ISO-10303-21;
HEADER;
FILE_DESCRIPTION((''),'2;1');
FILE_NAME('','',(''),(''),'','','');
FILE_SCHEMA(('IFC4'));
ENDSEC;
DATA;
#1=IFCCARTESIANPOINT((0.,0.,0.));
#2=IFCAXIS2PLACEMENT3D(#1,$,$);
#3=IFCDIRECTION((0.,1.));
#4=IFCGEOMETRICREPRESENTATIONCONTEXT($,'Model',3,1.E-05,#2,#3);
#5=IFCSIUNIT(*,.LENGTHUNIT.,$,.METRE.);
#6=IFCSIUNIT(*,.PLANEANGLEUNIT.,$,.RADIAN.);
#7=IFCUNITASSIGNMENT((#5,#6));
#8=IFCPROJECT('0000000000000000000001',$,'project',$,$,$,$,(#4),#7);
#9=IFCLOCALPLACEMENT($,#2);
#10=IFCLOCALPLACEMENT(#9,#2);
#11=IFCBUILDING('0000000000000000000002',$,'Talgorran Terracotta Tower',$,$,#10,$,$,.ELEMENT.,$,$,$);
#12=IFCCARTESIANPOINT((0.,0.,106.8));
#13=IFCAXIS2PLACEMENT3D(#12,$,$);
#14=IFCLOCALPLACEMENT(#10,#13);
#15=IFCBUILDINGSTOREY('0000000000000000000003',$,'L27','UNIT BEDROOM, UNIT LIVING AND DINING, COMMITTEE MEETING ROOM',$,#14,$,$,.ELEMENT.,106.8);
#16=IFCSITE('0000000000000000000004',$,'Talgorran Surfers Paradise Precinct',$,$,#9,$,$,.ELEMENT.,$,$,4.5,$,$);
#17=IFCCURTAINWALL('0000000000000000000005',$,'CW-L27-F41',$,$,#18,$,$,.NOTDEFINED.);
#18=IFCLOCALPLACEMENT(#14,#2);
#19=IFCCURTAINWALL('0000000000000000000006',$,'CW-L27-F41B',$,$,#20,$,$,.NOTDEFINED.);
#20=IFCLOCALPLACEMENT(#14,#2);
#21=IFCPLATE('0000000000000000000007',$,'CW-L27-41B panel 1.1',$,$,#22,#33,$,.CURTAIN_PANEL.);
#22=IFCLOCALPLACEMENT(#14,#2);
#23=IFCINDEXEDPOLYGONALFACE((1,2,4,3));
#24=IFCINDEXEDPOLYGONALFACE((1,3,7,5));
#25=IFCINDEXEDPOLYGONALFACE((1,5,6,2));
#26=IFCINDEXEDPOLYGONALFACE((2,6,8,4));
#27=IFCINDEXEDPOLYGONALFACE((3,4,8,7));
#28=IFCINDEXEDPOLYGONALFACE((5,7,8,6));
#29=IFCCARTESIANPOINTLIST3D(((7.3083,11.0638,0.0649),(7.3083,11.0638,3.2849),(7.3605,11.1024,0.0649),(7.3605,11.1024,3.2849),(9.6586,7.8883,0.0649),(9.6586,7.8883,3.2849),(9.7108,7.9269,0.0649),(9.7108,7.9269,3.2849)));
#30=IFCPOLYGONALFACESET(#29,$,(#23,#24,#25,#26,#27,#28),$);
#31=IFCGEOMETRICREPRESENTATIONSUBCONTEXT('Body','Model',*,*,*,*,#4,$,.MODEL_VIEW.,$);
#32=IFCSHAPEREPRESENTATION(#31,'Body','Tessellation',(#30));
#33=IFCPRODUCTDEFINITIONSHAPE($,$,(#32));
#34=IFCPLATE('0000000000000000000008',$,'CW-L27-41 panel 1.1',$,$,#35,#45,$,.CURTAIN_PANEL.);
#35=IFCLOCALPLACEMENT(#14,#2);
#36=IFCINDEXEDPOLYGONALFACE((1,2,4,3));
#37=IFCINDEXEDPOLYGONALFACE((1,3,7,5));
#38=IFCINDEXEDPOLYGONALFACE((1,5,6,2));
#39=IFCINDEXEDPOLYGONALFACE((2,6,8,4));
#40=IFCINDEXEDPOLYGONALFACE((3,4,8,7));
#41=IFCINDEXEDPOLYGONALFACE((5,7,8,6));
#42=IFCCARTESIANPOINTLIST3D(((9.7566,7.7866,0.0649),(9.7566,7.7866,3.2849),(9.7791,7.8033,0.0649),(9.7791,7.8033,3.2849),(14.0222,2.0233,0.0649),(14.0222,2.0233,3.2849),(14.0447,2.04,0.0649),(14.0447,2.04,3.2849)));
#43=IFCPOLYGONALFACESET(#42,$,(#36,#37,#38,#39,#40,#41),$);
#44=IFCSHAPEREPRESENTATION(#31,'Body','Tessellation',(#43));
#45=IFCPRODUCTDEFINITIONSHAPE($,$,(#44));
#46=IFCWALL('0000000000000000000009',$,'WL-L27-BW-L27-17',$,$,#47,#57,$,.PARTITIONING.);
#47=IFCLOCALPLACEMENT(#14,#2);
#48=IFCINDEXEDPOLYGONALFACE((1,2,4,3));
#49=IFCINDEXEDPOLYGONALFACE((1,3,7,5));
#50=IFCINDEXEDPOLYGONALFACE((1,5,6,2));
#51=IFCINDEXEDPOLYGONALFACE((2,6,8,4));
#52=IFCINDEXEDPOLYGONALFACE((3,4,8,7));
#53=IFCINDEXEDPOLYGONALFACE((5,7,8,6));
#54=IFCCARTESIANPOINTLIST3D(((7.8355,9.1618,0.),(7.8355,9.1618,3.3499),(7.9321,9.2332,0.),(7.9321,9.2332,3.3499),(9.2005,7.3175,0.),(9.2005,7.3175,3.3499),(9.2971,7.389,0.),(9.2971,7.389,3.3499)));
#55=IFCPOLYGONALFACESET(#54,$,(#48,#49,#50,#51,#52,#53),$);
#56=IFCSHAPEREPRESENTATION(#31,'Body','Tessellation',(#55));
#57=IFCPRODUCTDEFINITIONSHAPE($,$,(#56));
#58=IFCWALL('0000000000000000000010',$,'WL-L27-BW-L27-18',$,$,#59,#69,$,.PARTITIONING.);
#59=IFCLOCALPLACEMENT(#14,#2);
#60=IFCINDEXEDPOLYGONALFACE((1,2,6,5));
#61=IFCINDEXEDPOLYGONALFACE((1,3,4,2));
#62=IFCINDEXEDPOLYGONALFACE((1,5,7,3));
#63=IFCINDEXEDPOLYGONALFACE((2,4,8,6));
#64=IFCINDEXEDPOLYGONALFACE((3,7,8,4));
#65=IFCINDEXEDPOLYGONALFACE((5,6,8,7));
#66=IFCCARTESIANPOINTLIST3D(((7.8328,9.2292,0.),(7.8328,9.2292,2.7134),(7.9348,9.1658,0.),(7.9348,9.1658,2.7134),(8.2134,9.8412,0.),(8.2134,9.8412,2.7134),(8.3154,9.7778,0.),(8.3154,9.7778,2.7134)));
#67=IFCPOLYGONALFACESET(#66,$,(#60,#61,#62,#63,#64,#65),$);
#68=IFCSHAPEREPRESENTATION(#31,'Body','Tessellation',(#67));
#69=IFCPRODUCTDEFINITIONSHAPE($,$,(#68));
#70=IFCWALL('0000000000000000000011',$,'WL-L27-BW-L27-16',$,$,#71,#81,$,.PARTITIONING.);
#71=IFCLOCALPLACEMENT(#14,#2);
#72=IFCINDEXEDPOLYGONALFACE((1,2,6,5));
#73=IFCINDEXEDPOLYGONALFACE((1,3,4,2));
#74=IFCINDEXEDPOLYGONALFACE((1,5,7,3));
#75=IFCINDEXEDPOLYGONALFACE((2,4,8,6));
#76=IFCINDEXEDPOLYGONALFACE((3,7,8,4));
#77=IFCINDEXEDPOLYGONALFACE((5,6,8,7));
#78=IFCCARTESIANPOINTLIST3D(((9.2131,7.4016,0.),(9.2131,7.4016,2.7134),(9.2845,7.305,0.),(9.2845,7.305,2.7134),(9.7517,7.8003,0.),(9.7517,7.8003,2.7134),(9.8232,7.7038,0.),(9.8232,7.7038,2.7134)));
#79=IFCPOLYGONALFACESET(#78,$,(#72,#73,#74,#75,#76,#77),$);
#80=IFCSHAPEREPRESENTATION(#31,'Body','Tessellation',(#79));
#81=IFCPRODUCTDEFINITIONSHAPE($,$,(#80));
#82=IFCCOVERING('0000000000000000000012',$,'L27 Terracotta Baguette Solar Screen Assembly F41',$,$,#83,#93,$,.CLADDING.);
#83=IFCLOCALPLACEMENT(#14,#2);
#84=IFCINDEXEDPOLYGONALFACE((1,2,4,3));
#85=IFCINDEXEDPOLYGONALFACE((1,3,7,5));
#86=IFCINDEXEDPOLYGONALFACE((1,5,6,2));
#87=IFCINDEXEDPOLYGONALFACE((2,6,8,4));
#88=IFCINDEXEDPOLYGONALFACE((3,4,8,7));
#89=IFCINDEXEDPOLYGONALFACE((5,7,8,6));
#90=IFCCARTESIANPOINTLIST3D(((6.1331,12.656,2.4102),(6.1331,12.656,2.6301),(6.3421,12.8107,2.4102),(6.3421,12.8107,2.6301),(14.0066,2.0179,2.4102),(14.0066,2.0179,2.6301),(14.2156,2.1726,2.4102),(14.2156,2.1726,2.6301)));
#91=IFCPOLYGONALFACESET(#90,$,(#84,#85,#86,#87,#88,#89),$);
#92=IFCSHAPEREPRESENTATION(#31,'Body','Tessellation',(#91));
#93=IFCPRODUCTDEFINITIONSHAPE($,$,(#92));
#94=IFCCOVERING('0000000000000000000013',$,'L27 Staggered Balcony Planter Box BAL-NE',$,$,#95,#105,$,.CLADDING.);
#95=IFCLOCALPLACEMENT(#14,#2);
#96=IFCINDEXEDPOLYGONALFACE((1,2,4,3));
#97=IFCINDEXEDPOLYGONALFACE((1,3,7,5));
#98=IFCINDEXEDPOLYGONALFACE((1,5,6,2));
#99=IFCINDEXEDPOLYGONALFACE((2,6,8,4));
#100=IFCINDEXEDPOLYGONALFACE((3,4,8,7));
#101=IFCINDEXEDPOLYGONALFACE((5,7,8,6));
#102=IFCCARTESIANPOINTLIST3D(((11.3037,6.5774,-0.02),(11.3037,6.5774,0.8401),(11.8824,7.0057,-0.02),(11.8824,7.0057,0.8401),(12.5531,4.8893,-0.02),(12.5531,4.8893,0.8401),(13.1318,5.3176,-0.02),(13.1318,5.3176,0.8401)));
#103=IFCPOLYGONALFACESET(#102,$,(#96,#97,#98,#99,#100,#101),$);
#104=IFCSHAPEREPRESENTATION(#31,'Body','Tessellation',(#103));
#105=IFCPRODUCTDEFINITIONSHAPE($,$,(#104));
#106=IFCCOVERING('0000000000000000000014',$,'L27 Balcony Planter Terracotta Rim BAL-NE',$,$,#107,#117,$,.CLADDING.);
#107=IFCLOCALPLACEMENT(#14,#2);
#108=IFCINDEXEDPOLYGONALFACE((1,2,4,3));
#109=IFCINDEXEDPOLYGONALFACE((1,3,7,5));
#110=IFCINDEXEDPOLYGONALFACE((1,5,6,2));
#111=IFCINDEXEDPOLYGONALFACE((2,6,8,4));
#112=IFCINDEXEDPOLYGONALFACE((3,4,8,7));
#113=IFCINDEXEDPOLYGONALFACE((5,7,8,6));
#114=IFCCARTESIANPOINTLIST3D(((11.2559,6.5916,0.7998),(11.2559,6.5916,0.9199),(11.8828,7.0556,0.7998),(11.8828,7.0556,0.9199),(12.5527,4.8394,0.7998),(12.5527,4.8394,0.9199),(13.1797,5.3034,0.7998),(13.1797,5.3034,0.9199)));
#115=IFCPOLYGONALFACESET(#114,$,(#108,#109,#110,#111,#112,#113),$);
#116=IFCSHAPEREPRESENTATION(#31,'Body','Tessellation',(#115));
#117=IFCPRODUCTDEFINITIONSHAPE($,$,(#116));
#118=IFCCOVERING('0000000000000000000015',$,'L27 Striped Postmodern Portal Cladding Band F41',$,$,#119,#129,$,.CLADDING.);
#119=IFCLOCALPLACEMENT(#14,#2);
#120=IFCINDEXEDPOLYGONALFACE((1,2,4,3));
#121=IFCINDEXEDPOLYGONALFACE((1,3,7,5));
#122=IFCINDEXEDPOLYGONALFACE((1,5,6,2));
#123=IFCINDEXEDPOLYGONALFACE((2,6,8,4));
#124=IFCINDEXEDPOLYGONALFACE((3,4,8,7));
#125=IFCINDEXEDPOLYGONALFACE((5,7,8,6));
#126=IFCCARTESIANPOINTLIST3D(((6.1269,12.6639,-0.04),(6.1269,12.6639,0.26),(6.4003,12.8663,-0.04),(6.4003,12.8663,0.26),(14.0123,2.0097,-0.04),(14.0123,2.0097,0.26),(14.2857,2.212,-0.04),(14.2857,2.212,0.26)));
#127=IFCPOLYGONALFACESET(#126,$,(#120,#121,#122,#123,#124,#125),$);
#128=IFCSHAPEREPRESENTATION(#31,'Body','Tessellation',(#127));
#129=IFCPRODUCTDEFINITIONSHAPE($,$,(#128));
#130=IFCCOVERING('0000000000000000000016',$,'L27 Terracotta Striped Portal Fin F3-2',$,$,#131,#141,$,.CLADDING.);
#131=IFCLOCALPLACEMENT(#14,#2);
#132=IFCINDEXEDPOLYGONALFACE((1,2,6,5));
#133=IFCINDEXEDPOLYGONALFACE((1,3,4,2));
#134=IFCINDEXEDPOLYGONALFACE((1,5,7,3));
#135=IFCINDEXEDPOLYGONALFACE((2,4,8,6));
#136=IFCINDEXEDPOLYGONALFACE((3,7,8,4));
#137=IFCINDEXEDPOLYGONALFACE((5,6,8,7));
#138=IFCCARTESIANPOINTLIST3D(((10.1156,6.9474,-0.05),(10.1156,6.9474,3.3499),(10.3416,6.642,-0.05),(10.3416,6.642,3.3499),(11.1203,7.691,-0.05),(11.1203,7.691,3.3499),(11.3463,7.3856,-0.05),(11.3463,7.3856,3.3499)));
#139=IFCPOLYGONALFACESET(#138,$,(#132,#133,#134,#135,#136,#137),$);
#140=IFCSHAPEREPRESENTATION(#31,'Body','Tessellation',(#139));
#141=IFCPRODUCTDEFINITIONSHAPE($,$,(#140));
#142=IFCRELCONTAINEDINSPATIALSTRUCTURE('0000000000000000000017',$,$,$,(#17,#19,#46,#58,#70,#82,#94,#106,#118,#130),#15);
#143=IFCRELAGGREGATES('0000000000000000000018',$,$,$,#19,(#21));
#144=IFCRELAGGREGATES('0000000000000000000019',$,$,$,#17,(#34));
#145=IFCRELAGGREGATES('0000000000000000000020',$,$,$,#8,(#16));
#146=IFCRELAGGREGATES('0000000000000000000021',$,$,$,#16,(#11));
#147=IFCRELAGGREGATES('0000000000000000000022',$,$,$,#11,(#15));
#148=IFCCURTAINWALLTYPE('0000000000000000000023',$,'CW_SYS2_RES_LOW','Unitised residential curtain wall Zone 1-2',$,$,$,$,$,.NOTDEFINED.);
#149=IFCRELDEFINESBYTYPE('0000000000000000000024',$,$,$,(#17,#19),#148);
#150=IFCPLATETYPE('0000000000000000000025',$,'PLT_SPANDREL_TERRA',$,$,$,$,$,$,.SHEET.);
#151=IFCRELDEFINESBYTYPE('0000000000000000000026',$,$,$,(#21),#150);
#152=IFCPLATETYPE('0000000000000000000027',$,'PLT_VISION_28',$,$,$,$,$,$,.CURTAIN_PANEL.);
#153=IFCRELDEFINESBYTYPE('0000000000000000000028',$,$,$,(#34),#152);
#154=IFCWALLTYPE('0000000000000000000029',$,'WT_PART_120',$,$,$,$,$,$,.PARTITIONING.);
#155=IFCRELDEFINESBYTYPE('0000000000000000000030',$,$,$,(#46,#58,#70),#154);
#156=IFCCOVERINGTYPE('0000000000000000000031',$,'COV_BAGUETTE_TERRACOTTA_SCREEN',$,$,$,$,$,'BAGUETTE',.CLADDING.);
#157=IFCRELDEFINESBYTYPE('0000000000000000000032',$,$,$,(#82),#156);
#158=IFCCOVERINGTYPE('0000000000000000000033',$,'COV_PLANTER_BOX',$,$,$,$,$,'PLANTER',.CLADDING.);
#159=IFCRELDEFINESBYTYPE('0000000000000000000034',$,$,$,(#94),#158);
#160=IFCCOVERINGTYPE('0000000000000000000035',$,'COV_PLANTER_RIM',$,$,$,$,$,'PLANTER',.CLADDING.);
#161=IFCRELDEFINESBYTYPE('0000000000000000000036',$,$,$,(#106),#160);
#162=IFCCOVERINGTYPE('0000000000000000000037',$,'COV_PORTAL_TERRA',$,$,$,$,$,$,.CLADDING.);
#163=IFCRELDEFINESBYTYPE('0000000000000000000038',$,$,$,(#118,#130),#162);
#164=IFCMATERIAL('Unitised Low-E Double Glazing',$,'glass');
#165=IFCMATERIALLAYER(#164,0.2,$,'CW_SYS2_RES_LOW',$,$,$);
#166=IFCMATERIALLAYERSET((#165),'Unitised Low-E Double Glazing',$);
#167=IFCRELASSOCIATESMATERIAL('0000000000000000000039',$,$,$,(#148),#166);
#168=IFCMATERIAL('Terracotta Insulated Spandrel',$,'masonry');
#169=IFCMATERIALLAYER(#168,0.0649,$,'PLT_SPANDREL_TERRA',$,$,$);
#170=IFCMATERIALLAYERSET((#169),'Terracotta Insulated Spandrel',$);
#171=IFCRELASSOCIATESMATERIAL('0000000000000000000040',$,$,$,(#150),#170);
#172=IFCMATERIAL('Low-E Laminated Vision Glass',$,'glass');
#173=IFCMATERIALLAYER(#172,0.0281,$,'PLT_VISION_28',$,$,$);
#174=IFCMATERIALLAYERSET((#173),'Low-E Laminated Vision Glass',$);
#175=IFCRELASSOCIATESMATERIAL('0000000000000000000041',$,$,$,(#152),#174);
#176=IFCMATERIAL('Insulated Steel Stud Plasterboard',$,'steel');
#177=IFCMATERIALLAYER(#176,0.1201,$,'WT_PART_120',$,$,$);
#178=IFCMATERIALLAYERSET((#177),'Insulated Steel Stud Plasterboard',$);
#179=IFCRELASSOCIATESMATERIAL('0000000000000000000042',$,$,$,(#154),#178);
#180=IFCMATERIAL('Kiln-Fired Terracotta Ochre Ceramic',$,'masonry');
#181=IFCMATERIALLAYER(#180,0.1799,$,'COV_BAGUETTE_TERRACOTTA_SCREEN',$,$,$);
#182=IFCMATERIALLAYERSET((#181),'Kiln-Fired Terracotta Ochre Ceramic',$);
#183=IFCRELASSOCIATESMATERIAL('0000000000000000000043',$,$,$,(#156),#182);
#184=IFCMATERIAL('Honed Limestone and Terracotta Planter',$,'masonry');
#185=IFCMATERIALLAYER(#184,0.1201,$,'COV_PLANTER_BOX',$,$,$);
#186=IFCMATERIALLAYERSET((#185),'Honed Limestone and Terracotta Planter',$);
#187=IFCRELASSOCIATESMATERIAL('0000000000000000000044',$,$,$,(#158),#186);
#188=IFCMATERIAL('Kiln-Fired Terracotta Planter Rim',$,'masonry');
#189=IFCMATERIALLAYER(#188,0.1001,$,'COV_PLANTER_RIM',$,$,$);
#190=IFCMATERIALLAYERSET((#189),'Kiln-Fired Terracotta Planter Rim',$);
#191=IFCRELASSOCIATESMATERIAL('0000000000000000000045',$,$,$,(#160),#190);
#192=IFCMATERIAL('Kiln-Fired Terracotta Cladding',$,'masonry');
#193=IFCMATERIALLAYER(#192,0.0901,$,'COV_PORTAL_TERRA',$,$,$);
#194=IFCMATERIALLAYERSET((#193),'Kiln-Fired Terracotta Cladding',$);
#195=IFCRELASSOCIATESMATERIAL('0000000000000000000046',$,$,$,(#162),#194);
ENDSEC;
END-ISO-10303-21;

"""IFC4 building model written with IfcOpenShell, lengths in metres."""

from ifc_helpers import new_model, si_unit, direction, frame, frame_2d, origin, origin_2d, place, context, subcontext, project, spatial, rectangle, extrude, source, transform, mapped, material, layer, layer_set, type_object, type_shapes, element, aggregate, save


model = new_model("IFC4")

# Units and contexts
model_context = context("Model", 3, precision=1e-05, world=origin(), true_north=direction((0.0, 1.0)))
body_context = subcontext(model_context, "Body", "Model", "MODEL_VIEW")
ifc_project = project(units=[si_unit("LENGTHUNIT", "METRE"), si_unit("PLANEANGLEUNIT", "RADIAN")], contexts=[model_context])

# Site, building, storey
site_placement = place(None, origin())
site = spatial("IfcSite", under=ifc_project, at=site_placement, Name="Talgorran Surfers Paradise Precinct", CompositionType="ELEMENT", RefElevation=4.5)
building_placement = place(site_placement, origin())
building = spatial("IfcBuilding", under=site, at=building_placement, Name="Talgorran Terracotta Tower", CompositionType="ELEMENT")
storey_placement = place(building_placement, frame((0.0, 0.0, 106.8)))
storey = spatial("IfcBuildingStorey", under=building, at=storey_placement, Name="L27", Description="UNIT BEDROOM, UNIT LIVING AND DINING, COMMITTEE MEETING ROOM", CompositionType="ELEMENT", Elevation=106.8)

# Curtain wall
ifc_material_1 = material(Name="Unitised Low-E Double Glazing", Category="glass")
ifc_layer_1 = layer(ifc_material_1, 0.2, Name="CW_SYS2_RES_LOW")
ifc_layer_set_1 = layer_set([ifc_layer_1], Name="Unitised Low-E Double Glazing")
curtain_wall_type = type_object("IfcCurtainWallType", Name="CW_SYS2_RES_LOW", Description="Unitised residential curtain wall Zone 1-2", PredefinedType="NOTDEFINED", material=ifc_layer_set_1)
curtain_wall_1_placement = place(storey_placement, origin())
curtain_wall_1 = element("IfcCurtainWall", 1, at=curtain_wall_1_placement, inside=storey, type_object=curtain_wall_type, Name="CW-L27-F41", PredefinedType="NOTDEFINED")

# Curtain wall
curtain_wall_2_placement = place(storey_placement, origin())
curtain_wall_2 = element("IfcCurtainWall", 2, at=curtain_wall_2_placement, inside=storey, type_object=curtain_wall_type, Name="CW-L27-F41B", PredefinedType="NOTDEFINED")

# Plates
ifc_material_2 = material(Name="Terracotta Insulated Spandrel", Category="masonry")
ifc_layer_2 = layer(ifc_material_2, 0.0649, Name="PLT_SPANDREL_TERRA")
ifc_layer_set_2 = layer_set([ifc_layer_2], Name="Terracotta Insulated Spandrel")
plate_type_1 = type_object("IfcPlateType", Name="PLT_SPANDREL_TERRA", PredefinedType="SHEET", material=ifc_layer_set_2)
shared_shape_1 = source(origin(), body_context, "Body", "SweptSolid", [
    extrude(rectangle(XDim=3.9507, YDim=0.0649, at=origin_2d()), origin(), (0.0, 0.0, 1.0), 3.22),
])
type_shapes(plate_type_1, [shared_shape_1])
plate_1_placement = place(storey_placement, frame((8.5095, 9.4954, 0.0649), z_axis=(0.0, 0.0, 1.0), x_axis=(-0.59491, 0.803792, 0.0)))
plate_1 = element("IfcPlate", 3, at=plate_1_placement, type_object=plate_type_1, Name="CW-L27-41B panel 1.1", PredefinedType="CURTAIN_PANEL", context=body_context, shape_type="MappedRepresentation", body=[
    mapped(shared_shape_1, transform((0.0, 0.0, 0.0), scale=1.0)),
])
aggregate(curtain_wall_2, [plate_1])
ifc_material_3 = material(Name="Low-E Laminated Vision Glass", Category="glass")
ifc_layer_3 = layer(ifc_material_3, 0.0281, Name="PLT_VISION_28")
ifc_layer_set_3 = layer_set([ifc_layer_3], Name="Low-E Laminated Vision Glass")
plate_type_2 = type_object("IfcPlateType", Name="PLT_VISION_28", PredefinedType="CURTAIN_PANEL", material=ifc_layer_set_3)
shared_shape_2 = source(origin(), body_context, "Body", "SweptSolid", [
    extrude(rectangle(XDim=7.1702, YDim=0.0281, at=origin_2d()), origin(), (0.0, 0.0, 1.0), 3.22),
])
type_shapes(plate_type_2, [shared_shape_2])
plate_2_placement = place(storey_placement, frame((11.9006, 4.9133, 0.0649), z_axis=(0.0, 0.0, 1.0), x_axis=(-0.59491, 0.803793, 0.0)))
plate_2 = element("IfcPlate", 4, at=plate_2_placement, type_object=plate_type_2, Name="CW-L27-41 panel 1.1", PredefinedType="CURTAIN_PANEL", context=body_context, shape_type="MappedRepresentation", body=[
    mapped(shared_shape_2, transform((0.0, 0.0, 0.0), scale=1.0)),
])
aggregate(curtain_wall_1, [plate_2])

# Walls
ifc_material_4 = material(Name="Insulated Steel Stud Plasterboard", Category="steel")
ifc_layer_4 = layer(ifc_material_4, 0.1201, Name="WT_PART_120")
ifc_layer_set_4 = layer_set([ifc_layer_4], Name="Insulated Steel Stud Plasterboard")
wall_type = type_object("IfcWallType", Name="WT_PART_120", PredefinedType="PARTITIONING", material=ifc_layer_set_4)
wall_1_placement = place(storey_placement, frame((9.2488, 7.3533, 0.0), z_axis=(0.0, 0.0, 1.0), x_axis=(-0.594915, 0.803789, 0.0)))
element("IfcWall", 5, at=wall_1_placement, inside=storey, type_object=wall_type, Name="WL-L27-BW-L27-17", PredefinedType="PARTITIONING", context=body_context, shape_type="SweptSolid", body=[
    extrude(rectangle(XDim=2.2944, YDim=0.1201, at=frame_2d((1.1472, 0.0))), origin(), (0.0, 0.0, 1.0), 3.3499),
])
wall_2_placement = place(storey_placement, frame((7.8838, 9.1975, 0.0), z_axis=(0.0, 0.0, 1.0), x_axis=(0.528079, 0.849195, 0.0)))
element("IfcWall", 6, at=wall_2_placement, inside=storey, type_object=wall_type, Name="WL-L27-BW-L27-18", PredefinedType="PARTITIONING", context=body_context, shape_type="SweptSolid", body=[
    extrude(rectangle(XDim=0.7207, YDim=0.1201, at=frame_2d((0.3604, 0.0))), origin(), (0.0, 0.0, 1.0), 2.7134),
])
wall_3_placement = place(storey_placement, frame((9.7874, 7.752, 0.0), z_axis=(0.0, 0.0, 1.0), x_axis=(-0.803744, -0.594975, 0.0)))
element("IfcWall", 7, at=wall_3_placement, inside=storey, type_object=wall_type, Name="WL-L27-BW-L27-16", PredefinedType="PARTITIONING", context=body_context, shape_type="SweptSolid", body=[
    extrude(rectangle(XDim=0.6702, YDim=0.1201, at=frame_2d((0.335, 0.0))), origin(), (0.0, 0.0, 1.0), 2.7134),
])

# Coverings
ifc_material_5 = material(Name="Kiln-Fired Terracotta Ochre Ceramic", Category="masonry")
ifc_layer_5 = layer(ifc_material_5, 0.1799, Name="COV_BAGUETTE_TERRACOTTA_SCREEN")
ifc_layer_set_5 = layer_set([ifc_layer_5], Name="Kiln-Fired Terracotta Ochre Ceramic")
covering_type_1 = type_object("IfcCoveringType", Name="COV_BAGUETTE_TERRACOTTA_SCREEN", ElementType="BAGUETTE", PredefinedType="CLADDING", material=ifc_layer_set_5)
covering_1_placement = place(storey_placement, frame((10.1743, 7.4143, 2.4102), z_axis=(0.0, 0.0, 1.0), x_axis=(-0.594907, 0.803795, 0.0)))
element("IfcCovering", 8, at=covering_1_placement, inside=storey, type_object=covering_type_1, Name="L27 Terracotta Baguette Solar Screen Assembly F41", PredefinedType="CLADDING", context=body_context, shape_type="SweptSolid", body=[
    extrude(rectangle(XDim=13.2349, YDim=0.26, at=origin_2d()), origin(), (0.0, 0.0, 1.0), 0.22),
])
ifc_material_6 = material(Name="Honed Limestone and Terracotta Planter", Category="masonry")
ifc_layer_6 = layer(ifc_material_6, 0.1201, Name="COV_PLANTER_BOX")
ifc_layer_set_6 = layer_set([ifc_layer_6], Name="Honed Limestone and Terracotta Planter")
covering_type_2 = type_object("IfcCoveringType", Name="COV_PLANTER_BOX", ElementType="PLANTER", PredefinedType="CLADDING", material=ifc_layer_set_6)
covering_2_placement = place(storey_placement, frame((12.2178, 5.9475, -0.02), z_axis=(0.0, 0.0, 1.0), x_axis=(-0.594907, 0.803795, 0.0)))
element("IfcCovering", 9, at=covering_2_placement, inside=storey, type_object=covering_type_2, Name="L27 Staggered Balcony Planter Box BAL-NE", PredefinedType="CLADDING", context=body_context, shape_type="SweptSolid", body=[
    extrude(rectangle(XDim=2.1001, YDim=0.72, at=origin_2d()), origin(), (0.0, 0.0, 1.0), 0.8601),
])
ifc_material_7 = material(Name="Kiln-Fired Terracotta Planter Rim", Category="masonry")
ifc_layer_7 = layer(ifc_material_7, 0.1001, Name="COV_PLANTER_RIM")
ifc_layer_set_7 = layer_set([ifc_layer_7], Name="Kiln-Fired Terracotta Planter Rim")
covering_type_3 = type_object("IfcCoveringType", Name="COV_PLANTER_RIM", ElementType="PLANTER", PredefinedType="CLADDING", material=ifc_layer_set_7)
covering_3_placement = place(storey_placement, frame((12.2178, 5.9475, 0.7998), z_axis=(0.0, 0.0, 1.0), x_axis=(-0.594907, 0.803795, 0.0)))
element("IfcCovering", 10, at=covering_3_placement, inside=storey, type_object=covering_type_3, Name="L27 Balcony Planter Terracotta Rim BAL-NE", PredefinedType="CLADDING", context=body_context, shape_type="SweptSolid", body=[
    extrude(rectangle(XDim=2.1799, YDim=0.78, at=origin_2d()), origin(), (0.0, 0.0, 1.0), 0.1201),
])
ifc_material_8 = material(Name="Kiln-Fired Terracotta Cladding", Category="masonry")
ifc_layer_8 = layer(ifc_material_8, 0.0901, Name="COV_PORTAL_TERRA")
ifc_layer_set_8 = layer_set([ifc_layer_8], Name="Kiln-Fired Terracotta Cladding")
covering_type_4 = type_object("IfcCoveringType", Name="COV_PORTAL_TERRA", PredefinedType="CLADDING", material=ifc_layer_set_8)
covering_4_placement = place(storey_placement, frame((10.2063, 7.438, -0.04), z_axis=(0.0, 0.0, 1.0), x_axis=(-0.594907, 0.803795, 0.0)))
element("IfcCovering", 11, at=covering_4_placement, inside=storey, type_object=covering_type_4, Name="L27 Striped Postmodern Portal Cladding Band F41", PredefinedType="CLADDING", context=body_context, shape_type="SweptSolid", body=[
    extrude(rectangle(XDim=13.2549, YDim=0.3401, at=origin_2d()), origin(), (0.0, 0.0, 1.0), 0.3),
])
covering_5_placement = place(storey_placement, frame((10.731, 7.1665, -0.05), z_axis=(0.0, 0.0, 1.0), x_axis=(-0.594907, 0.803795, 0.0)))
element("IfcCovering", 12, at=covering_5_placement, inside=storey, type_object=covering_type_4, Name="L27 Terracotta Striped Portal Fin F3-2", PredefinedType="CLADDING", context=body_context, shape_type="SweptSolid", body=[
    extrude(rectangle(XDim=0.3799, YDim=1.25, at=origin_2d()), origin(), (0.0, 0.0, 1.0), 3.3999),
])

save(model, "model.ifc")
